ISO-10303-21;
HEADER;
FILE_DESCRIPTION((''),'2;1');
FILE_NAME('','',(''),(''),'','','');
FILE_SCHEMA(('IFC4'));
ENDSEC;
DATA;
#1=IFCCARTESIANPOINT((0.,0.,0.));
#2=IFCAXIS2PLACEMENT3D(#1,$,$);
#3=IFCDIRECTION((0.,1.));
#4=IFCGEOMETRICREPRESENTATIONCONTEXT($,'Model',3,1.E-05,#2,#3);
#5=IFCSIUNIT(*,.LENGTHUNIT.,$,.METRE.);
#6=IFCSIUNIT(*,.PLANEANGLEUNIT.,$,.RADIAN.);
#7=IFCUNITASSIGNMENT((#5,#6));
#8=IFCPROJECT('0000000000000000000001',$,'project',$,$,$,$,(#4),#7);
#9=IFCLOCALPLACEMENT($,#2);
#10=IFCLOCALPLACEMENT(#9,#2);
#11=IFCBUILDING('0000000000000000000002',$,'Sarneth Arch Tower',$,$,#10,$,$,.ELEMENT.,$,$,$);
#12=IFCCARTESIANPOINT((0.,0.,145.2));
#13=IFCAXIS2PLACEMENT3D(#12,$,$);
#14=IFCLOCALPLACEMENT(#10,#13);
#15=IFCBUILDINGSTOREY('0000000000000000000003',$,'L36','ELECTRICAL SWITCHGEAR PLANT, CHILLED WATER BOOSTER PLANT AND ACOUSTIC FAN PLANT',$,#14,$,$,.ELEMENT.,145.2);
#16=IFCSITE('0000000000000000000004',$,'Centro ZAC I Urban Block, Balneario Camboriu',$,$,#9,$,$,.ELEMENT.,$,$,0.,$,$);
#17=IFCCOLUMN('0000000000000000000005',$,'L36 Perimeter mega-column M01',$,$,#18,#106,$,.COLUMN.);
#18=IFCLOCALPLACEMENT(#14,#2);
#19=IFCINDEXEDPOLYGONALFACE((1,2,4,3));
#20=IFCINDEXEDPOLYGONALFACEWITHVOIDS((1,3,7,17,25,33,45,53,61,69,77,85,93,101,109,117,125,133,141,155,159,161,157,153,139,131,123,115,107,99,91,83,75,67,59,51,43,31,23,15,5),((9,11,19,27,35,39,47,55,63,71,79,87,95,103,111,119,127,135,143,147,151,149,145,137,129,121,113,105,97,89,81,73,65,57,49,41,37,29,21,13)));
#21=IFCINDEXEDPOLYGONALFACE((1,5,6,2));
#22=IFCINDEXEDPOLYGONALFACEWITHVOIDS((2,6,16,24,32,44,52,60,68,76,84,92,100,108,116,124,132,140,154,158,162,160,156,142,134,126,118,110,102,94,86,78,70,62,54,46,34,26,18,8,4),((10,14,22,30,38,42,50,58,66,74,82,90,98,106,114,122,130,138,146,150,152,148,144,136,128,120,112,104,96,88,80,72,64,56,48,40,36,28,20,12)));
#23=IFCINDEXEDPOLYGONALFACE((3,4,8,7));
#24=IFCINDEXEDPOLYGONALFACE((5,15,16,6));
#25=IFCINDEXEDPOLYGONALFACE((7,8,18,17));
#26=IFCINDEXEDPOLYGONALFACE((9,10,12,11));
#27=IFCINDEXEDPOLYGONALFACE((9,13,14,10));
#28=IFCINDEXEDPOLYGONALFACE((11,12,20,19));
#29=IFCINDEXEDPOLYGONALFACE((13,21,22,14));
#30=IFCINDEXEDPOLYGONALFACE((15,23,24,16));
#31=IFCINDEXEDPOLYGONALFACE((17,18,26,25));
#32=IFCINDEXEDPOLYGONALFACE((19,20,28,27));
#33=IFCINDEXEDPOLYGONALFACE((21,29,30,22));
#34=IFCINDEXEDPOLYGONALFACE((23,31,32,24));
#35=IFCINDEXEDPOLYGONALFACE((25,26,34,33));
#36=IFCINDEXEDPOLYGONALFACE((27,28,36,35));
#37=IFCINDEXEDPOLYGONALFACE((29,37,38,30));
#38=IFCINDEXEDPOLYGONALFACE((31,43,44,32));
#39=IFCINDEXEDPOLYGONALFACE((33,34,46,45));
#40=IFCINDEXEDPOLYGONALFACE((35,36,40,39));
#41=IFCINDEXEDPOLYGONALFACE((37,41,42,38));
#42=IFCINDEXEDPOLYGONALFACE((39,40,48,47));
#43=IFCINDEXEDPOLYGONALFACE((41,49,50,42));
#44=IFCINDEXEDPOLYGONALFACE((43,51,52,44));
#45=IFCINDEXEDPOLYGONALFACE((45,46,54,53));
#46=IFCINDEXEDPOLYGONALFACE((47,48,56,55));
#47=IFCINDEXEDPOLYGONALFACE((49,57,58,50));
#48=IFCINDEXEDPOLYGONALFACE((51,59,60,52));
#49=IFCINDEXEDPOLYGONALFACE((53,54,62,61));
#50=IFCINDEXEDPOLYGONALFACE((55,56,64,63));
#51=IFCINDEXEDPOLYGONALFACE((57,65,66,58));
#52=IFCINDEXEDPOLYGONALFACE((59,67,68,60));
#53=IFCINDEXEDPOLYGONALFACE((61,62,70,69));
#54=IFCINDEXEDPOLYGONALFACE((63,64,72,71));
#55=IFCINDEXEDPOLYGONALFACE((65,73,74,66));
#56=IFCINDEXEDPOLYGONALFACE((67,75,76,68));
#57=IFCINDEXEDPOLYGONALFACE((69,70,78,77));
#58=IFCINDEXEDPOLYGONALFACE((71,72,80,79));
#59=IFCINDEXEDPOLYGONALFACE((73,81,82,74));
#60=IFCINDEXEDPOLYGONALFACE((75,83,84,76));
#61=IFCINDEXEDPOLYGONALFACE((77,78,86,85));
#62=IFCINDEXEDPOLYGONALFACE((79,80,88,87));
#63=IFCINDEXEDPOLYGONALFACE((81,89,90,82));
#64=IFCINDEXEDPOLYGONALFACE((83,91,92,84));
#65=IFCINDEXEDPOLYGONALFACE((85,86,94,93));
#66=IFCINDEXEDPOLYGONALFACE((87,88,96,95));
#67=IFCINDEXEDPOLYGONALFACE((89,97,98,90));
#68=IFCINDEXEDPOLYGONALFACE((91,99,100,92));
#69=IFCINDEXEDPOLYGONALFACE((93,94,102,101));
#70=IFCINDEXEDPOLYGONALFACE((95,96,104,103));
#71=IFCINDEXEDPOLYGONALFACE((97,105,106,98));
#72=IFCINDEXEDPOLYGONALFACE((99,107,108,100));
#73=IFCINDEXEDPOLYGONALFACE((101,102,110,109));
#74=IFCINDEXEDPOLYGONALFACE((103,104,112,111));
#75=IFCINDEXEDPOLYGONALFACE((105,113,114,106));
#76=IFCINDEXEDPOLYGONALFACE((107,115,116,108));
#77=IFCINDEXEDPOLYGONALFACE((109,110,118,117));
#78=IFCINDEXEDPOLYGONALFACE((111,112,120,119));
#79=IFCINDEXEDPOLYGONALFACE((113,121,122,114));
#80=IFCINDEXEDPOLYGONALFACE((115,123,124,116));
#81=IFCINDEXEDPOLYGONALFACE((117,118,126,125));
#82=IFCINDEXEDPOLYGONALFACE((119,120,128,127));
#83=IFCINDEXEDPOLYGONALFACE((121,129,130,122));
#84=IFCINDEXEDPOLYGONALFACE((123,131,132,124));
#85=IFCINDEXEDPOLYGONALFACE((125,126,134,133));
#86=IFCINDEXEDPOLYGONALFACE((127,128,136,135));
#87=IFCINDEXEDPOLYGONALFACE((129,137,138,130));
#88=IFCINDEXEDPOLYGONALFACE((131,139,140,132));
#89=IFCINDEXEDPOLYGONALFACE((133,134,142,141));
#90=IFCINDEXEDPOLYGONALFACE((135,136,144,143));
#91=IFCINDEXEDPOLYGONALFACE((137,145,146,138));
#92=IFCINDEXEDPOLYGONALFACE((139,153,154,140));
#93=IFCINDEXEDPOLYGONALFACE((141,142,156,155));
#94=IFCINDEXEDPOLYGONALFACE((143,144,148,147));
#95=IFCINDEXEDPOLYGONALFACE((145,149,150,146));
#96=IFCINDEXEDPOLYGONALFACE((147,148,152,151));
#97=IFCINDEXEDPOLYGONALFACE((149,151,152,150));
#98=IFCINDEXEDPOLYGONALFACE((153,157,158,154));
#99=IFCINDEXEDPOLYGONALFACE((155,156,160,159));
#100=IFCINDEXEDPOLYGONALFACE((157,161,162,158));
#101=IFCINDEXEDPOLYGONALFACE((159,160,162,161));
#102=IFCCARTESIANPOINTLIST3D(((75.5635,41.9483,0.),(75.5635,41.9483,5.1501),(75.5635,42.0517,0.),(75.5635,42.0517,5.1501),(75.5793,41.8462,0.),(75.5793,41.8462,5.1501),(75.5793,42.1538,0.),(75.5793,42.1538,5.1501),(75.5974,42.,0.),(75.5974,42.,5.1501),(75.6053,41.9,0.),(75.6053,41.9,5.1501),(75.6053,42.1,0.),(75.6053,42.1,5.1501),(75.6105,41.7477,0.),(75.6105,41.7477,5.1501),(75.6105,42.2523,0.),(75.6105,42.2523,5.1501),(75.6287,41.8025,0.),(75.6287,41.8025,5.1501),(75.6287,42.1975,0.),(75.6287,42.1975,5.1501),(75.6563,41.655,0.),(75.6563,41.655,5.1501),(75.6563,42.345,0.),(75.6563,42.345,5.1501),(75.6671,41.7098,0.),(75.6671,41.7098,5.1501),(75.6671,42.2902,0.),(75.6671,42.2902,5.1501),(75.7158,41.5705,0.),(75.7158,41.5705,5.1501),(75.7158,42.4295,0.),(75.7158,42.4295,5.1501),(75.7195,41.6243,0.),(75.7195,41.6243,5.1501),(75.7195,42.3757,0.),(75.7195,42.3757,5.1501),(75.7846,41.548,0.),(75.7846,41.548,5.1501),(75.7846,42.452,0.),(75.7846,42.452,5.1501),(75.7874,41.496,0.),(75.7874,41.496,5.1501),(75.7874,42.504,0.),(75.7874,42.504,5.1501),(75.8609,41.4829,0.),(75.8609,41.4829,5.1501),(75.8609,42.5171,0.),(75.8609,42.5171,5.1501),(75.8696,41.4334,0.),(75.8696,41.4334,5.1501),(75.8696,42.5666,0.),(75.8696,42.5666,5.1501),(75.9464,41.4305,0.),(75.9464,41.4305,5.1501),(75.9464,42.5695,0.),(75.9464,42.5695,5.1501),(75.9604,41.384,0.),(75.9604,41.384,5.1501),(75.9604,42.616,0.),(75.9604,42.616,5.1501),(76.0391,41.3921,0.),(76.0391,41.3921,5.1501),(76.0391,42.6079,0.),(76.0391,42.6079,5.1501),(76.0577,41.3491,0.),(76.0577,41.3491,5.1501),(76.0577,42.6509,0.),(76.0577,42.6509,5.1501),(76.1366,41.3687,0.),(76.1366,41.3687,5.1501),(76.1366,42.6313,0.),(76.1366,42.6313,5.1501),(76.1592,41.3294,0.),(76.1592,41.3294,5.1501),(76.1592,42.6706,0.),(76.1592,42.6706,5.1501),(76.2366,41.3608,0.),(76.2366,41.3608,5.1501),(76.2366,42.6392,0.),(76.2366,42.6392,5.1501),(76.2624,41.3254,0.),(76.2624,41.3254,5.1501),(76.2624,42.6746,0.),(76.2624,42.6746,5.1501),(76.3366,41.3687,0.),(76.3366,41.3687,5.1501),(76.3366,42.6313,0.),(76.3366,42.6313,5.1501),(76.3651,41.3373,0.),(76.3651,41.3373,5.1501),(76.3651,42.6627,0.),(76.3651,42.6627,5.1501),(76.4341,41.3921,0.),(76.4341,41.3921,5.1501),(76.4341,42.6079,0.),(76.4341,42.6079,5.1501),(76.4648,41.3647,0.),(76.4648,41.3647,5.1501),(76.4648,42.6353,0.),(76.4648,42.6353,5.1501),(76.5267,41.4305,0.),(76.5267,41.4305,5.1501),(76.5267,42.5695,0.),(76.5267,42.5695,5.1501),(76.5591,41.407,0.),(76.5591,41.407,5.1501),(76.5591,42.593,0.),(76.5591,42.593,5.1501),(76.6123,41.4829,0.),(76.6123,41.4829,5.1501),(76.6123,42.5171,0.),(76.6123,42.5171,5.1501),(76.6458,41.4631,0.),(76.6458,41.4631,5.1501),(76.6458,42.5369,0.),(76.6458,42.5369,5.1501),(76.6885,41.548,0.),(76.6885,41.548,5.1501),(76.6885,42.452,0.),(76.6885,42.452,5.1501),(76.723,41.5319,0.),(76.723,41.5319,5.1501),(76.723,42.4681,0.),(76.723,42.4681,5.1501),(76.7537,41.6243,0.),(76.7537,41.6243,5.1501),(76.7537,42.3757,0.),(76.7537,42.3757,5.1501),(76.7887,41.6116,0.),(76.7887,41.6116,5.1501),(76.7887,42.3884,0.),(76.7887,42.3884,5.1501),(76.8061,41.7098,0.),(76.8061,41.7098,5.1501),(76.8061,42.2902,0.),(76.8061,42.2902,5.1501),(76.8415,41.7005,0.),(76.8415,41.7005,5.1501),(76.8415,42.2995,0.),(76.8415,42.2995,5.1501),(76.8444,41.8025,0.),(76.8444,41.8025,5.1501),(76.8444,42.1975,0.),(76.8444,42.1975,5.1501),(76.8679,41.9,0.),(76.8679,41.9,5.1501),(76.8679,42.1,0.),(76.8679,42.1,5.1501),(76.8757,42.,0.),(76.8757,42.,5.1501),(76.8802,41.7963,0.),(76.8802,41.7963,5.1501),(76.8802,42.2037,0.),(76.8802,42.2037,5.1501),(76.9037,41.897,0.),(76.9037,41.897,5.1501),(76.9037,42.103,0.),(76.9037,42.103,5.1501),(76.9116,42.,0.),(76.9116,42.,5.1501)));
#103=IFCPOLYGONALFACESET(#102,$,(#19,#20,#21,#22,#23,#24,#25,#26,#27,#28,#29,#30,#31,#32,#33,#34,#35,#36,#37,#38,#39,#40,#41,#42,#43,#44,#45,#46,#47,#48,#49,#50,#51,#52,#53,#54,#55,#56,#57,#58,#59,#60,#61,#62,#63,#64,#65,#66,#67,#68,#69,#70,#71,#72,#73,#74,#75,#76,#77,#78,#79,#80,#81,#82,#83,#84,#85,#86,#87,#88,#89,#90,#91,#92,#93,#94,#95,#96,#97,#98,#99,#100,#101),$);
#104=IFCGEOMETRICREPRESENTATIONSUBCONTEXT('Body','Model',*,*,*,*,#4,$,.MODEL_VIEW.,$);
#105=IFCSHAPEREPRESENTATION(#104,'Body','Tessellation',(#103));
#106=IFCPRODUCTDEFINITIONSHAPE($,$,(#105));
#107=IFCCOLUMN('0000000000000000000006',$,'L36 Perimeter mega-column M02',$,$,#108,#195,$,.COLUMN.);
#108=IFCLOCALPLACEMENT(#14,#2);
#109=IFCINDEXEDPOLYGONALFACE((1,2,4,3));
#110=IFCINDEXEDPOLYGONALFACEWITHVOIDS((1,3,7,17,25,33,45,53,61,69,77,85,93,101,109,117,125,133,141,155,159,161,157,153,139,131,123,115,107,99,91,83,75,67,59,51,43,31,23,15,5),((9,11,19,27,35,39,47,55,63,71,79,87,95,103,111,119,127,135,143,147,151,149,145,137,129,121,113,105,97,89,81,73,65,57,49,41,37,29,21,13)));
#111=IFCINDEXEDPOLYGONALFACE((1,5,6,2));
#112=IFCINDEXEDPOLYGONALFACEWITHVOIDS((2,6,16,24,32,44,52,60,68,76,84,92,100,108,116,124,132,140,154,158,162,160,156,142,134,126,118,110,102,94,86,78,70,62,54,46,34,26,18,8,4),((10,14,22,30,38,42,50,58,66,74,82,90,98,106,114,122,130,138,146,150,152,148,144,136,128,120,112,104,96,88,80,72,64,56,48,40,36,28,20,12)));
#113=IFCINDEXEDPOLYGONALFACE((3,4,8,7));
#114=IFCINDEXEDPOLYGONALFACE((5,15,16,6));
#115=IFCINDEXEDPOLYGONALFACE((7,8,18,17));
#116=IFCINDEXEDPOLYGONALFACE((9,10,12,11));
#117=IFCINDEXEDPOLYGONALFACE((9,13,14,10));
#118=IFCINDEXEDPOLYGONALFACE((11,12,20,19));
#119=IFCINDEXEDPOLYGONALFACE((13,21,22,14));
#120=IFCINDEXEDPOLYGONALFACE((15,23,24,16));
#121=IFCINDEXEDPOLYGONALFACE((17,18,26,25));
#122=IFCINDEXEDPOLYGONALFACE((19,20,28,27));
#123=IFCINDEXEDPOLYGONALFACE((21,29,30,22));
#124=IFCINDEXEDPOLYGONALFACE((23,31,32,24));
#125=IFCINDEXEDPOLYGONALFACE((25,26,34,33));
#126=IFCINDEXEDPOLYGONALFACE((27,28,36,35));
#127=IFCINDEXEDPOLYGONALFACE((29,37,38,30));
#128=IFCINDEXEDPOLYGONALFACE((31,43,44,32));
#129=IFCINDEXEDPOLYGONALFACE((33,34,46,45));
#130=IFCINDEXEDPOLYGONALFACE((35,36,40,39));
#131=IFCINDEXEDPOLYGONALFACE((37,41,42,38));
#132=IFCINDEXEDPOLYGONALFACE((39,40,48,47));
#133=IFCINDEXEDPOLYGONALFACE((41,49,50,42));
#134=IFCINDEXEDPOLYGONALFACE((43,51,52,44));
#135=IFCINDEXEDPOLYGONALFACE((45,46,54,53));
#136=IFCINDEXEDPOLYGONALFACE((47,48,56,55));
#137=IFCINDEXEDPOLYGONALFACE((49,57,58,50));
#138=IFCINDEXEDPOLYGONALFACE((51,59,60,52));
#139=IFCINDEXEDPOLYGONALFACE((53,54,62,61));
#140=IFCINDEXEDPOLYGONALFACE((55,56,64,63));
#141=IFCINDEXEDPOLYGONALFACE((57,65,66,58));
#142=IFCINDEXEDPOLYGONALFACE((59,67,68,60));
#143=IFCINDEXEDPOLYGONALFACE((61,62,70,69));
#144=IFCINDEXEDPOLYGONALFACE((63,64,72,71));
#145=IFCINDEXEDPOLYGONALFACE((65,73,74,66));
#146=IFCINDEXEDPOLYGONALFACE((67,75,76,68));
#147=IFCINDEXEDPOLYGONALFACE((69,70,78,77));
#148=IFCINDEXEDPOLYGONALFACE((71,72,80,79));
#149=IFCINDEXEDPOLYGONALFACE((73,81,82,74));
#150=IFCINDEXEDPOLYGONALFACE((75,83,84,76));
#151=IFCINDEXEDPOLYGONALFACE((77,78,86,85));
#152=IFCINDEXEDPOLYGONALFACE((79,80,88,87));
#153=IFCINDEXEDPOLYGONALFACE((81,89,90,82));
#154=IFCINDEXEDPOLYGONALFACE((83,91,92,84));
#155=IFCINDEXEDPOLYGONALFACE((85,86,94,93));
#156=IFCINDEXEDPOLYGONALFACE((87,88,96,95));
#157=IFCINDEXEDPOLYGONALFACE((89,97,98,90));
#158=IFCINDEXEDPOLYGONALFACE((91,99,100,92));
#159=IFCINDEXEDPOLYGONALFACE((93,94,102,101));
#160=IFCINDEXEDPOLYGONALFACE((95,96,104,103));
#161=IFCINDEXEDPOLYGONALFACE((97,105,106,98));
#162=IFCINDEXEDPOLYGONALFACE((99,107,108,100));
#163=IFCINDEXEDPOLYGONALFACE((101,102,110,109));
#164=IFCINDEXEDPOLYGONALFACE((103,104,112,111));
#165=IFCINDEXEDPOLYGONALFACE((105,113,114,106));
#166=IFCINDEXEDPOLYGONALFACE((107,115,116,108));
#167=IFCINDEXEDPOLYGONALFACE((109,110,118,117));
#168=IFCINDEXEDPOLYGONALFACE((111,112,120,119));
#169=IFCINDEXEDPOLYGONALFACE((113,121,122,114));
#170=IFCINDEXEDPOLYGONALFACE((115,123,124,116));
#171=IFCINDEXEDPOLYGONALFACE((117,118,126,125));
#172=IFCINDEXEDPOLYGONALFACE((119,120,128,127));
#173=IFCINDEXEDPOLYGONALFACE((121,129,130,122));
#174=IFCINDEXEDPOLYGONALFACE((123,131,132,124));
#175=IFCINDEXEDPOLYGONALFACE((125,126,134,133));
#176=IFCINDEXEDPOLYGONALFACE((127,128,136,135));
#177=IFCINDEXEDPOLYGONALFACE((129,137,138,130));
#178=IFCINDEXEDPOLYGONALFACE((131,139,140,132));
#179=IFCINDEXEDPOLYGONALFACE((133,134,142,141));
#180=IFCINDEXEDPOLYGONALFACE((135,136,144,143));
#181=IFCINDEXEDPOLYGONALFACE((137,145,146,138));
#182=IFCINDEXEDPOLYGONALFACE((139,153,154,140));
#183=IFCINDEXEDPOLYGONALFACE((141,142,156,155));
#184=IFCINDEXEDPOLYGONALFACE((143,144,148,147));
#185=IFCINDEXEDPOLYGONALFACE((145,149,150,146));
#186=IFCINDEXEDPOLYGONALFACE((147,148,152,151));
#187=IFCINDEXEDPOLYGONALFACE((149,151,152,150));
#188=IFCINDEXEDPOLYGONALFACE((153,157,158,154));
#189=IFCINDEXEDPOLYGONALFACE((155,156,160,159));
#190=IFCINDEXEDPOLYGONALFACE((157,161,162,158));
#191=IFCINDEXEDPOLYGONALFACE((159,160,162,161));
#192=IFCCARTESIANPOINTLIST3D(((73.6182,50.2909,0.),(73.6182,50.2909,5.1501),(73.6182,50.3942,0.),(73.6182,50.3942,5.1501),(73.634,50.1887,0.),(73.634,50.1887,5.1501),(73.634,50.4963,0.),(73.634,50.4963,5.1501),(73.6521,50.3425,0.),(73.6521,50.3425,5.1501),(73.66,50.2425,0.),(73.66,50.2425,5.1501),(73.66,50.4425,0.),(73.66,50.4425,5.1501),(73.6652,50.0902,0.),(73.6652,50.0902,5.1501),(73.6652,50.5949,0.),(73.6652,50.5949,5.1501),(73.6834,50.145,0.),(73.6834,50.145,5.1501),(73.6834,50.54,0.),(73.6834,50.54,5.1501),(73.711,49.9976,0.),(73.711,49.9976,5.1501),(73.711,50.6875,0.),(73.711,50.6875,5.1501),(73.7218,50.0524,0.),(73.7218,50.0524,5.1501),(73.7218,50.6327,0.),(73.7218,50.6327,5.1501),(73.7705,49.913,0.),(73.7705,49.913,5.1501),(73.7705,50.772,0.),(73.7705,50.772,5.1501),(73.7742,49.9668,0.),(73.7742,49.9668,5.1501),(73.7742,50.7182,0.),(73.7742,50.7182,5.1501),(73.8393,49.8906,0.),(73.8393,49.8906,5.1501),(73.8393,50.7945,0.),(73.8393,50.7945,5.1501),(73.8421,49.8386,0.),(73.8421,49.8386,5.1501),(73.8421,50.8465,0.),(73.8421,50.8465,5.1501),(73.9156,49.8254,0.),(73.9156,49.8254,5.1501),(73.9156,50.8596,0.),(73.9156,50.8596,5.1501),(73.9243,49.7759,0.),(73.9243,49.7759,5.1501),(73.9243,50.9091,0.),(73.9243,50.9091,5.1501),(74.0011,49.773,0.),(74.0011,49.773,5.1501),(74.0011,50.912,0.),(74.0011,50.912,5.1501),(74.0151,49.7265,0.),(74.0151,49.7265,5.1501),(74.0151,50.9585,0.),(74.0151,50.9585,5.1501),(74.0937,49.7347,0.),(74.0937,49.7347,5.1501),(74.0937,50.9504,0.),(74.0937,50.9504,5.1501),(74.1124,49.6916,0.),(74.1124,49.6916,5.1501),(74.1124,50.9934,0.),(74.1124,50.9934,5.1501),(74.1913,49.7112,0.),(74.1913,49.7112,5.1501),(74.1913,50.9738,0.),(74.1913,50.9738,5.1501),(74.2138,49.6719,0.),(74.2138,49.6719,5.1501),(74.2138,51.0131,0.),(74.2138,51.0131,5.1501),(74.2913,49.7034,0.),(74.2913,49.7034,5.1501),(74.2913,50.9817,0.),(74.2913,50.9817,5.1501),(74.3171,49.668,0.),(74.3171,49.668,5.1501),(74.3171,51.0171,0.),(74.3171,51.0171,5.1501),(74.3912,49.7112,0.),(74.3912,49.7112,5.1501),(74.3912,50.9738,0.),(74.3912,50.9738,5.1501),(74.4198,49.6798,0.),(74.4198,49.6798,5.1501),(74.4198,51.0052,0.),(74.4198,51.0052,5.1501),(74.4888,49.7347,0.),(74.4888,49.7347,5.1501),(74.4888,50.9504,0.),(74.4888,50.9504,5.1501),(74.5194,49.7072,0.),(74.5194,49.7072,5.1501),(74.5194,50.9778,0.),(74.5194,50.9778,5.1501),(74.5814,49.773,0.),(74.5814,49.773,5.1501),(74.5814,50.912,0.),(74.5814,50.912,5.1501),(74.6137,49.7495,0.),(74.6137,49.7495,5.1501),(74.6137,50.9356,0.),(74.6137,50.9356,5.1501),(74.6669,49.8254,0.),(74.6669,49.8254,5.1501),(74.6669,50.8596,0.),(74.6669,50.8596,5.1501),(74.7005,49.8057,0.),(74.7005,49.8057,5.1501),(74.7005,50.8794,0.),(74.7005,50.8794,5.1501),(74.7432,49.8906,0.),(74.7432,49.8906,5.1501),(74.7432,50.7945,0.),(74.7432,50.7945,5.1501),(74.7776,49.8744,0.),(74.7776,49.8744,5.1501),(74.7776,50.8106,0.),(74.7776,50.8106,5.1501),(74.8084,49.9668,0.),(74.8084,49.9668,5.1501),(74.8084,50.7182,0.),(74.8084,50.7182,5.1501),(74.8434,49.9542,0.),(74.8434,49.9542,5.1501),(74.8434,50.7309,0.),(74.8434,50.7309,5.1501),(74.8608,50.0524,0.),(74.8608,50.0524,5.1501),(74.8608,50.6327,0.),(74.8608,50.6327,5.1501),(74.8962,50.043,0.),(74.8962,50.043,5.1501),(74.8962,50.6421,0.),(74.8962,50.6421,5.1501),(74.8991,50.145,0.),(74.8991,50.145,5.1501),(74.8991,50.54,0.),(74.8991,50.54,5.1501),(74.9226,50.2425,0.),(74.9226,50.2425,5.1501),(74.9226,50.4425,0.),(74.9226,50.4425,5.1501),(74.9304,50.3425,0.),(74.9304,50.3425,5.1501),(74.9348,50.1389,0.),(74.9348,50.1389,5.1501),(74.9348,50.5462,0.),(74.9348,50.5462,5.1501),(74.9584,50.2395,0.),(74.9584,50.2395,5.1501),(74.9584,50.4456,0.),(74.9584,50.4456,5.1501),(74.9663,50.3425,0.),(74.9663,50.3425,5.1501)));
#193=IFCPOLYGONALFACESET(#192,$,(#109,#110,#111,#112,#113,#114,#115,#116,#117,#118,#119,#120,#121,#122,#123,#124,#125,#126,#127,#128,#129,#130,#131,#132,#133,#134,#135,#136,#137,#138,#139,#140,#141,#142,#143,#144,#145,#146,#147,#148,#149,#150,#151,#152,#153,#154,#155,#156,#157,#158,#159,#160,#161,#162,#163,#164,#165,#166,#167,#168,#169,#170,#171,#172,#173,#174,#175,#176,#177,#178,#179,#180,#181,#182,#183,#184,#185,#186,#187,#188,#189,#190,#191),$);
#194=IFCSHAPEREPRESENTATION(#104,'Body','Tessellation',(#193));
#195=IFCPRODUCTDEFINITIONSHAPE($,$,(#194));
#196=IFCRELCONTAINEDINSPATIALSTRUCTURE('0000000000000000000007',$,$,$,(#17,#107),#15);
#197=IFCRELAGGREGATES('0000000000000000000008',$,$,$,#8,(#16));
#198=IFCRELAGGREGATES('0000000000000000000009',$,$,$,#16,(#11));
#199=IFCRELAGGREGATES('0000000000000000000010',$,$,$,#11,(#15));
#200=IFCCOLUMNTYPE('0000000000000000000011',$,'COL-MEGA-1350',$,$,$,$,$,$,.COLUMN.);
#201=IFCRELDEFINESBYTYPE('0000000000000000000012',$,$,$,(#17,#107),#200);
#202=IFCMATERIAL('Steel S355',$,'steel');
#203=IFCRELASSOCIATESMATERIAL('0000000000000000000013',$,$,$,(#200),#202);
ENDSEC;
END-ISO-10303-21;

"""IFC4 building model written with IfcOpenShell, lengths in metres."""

from ifc_helpers import new_model, si_unit, direction, frame, origin, origin_2d, place, context, subcontext, project, spatial, hollow_circle, extrude, material, material_profile, profile_set, type_object, element, save


model = new_model("IFC4")

# Units and contexts
model_context = context("Model", 3, precision=1e-05, world=origin(), true_north=direction((0.0, 1.0)))
body_context = subcontext(model_context, "Body", "Model", "MODEL_VIEW")
ifc_project = project(units=[si_unit("LENGTHUNIT", "METRE"), si_unit("PLANEANGLEUNIT", "RADIAN")], contexts=[model_context])

# Site, building, storey
site_placement = place(None, origin())
site = spatial("IfcSite", under=ifc_project, at=site_placement, Name="Centro ZAC I Urban Block, Balneario Camboriu", CompositionType="ELEMENT", RefElevation=0.0)
building_placement = place(site_placement, origin())
building = spatial("IfcBuilding", under=site, at=building_placement, Name="Sarneth Arch Tower", CompositionType="ELEMENT")
storey_placement = place(building_placement, frame((0.0, 0.0, 145.2)))
storey = spatial("IfcBuildingStorey", under=building, at=storey_placement, Name="L36", Description="ELECTRICAL SWITCHGEAR PLANT, CHILLED WATER BOOSTER PLANT AND ACOUSTIC FAN PLANT", CompositionType="ELEMENT", Elevation=145.2)

# Columns
ifc_material_1 = material(Name="Steel S355", Category="steel")
ifc_material_profile_1 = material_profile(ifc_material_1, hollow_circle(Radius=0.675, WallThickness=0.0359, at=origin_2d()), Name="CHS1350x36")
ifc_profile_set_1 = profile_set([ifc_material_profile_1], Name="Steel S355")
column_type = type_object("IfcColumnType", Name="COL-MEGA-1350", PredefinedType="COLUMN", material=ifc_profile_set_1)
for number, where, z_axis, x_axis, name in (
    (1, (76.2366, 42.0, 0.0), (0.0, 0.0, 1.0), (1.0, 0.0, 0.0), "L36 Perimeter mega-column M01"),
    (2, (74.2913, 50.3425, 0.0), (0.0, 0.0, 1.0), (1.0, 0.0, 0.0), "L36 Perimeter mega-column M02"),
):
    element("IfcColumn", number, at=place(storey_placement, frame(where, z_axis=z_axis, x_axis=x_axis)), inside=storey, type_object=column_type, Name=name, PredefinedType="COLUMN", context=body_context, shape_type="SweptSolid", body=[
        extrude(hollow_circle(Radius=0.675, WallThickness=0.0359, at=origin_2d()), origin(), (0.0, 0.0, 1.0), 5.1501),
    ])

save(model, "model.ifc")
